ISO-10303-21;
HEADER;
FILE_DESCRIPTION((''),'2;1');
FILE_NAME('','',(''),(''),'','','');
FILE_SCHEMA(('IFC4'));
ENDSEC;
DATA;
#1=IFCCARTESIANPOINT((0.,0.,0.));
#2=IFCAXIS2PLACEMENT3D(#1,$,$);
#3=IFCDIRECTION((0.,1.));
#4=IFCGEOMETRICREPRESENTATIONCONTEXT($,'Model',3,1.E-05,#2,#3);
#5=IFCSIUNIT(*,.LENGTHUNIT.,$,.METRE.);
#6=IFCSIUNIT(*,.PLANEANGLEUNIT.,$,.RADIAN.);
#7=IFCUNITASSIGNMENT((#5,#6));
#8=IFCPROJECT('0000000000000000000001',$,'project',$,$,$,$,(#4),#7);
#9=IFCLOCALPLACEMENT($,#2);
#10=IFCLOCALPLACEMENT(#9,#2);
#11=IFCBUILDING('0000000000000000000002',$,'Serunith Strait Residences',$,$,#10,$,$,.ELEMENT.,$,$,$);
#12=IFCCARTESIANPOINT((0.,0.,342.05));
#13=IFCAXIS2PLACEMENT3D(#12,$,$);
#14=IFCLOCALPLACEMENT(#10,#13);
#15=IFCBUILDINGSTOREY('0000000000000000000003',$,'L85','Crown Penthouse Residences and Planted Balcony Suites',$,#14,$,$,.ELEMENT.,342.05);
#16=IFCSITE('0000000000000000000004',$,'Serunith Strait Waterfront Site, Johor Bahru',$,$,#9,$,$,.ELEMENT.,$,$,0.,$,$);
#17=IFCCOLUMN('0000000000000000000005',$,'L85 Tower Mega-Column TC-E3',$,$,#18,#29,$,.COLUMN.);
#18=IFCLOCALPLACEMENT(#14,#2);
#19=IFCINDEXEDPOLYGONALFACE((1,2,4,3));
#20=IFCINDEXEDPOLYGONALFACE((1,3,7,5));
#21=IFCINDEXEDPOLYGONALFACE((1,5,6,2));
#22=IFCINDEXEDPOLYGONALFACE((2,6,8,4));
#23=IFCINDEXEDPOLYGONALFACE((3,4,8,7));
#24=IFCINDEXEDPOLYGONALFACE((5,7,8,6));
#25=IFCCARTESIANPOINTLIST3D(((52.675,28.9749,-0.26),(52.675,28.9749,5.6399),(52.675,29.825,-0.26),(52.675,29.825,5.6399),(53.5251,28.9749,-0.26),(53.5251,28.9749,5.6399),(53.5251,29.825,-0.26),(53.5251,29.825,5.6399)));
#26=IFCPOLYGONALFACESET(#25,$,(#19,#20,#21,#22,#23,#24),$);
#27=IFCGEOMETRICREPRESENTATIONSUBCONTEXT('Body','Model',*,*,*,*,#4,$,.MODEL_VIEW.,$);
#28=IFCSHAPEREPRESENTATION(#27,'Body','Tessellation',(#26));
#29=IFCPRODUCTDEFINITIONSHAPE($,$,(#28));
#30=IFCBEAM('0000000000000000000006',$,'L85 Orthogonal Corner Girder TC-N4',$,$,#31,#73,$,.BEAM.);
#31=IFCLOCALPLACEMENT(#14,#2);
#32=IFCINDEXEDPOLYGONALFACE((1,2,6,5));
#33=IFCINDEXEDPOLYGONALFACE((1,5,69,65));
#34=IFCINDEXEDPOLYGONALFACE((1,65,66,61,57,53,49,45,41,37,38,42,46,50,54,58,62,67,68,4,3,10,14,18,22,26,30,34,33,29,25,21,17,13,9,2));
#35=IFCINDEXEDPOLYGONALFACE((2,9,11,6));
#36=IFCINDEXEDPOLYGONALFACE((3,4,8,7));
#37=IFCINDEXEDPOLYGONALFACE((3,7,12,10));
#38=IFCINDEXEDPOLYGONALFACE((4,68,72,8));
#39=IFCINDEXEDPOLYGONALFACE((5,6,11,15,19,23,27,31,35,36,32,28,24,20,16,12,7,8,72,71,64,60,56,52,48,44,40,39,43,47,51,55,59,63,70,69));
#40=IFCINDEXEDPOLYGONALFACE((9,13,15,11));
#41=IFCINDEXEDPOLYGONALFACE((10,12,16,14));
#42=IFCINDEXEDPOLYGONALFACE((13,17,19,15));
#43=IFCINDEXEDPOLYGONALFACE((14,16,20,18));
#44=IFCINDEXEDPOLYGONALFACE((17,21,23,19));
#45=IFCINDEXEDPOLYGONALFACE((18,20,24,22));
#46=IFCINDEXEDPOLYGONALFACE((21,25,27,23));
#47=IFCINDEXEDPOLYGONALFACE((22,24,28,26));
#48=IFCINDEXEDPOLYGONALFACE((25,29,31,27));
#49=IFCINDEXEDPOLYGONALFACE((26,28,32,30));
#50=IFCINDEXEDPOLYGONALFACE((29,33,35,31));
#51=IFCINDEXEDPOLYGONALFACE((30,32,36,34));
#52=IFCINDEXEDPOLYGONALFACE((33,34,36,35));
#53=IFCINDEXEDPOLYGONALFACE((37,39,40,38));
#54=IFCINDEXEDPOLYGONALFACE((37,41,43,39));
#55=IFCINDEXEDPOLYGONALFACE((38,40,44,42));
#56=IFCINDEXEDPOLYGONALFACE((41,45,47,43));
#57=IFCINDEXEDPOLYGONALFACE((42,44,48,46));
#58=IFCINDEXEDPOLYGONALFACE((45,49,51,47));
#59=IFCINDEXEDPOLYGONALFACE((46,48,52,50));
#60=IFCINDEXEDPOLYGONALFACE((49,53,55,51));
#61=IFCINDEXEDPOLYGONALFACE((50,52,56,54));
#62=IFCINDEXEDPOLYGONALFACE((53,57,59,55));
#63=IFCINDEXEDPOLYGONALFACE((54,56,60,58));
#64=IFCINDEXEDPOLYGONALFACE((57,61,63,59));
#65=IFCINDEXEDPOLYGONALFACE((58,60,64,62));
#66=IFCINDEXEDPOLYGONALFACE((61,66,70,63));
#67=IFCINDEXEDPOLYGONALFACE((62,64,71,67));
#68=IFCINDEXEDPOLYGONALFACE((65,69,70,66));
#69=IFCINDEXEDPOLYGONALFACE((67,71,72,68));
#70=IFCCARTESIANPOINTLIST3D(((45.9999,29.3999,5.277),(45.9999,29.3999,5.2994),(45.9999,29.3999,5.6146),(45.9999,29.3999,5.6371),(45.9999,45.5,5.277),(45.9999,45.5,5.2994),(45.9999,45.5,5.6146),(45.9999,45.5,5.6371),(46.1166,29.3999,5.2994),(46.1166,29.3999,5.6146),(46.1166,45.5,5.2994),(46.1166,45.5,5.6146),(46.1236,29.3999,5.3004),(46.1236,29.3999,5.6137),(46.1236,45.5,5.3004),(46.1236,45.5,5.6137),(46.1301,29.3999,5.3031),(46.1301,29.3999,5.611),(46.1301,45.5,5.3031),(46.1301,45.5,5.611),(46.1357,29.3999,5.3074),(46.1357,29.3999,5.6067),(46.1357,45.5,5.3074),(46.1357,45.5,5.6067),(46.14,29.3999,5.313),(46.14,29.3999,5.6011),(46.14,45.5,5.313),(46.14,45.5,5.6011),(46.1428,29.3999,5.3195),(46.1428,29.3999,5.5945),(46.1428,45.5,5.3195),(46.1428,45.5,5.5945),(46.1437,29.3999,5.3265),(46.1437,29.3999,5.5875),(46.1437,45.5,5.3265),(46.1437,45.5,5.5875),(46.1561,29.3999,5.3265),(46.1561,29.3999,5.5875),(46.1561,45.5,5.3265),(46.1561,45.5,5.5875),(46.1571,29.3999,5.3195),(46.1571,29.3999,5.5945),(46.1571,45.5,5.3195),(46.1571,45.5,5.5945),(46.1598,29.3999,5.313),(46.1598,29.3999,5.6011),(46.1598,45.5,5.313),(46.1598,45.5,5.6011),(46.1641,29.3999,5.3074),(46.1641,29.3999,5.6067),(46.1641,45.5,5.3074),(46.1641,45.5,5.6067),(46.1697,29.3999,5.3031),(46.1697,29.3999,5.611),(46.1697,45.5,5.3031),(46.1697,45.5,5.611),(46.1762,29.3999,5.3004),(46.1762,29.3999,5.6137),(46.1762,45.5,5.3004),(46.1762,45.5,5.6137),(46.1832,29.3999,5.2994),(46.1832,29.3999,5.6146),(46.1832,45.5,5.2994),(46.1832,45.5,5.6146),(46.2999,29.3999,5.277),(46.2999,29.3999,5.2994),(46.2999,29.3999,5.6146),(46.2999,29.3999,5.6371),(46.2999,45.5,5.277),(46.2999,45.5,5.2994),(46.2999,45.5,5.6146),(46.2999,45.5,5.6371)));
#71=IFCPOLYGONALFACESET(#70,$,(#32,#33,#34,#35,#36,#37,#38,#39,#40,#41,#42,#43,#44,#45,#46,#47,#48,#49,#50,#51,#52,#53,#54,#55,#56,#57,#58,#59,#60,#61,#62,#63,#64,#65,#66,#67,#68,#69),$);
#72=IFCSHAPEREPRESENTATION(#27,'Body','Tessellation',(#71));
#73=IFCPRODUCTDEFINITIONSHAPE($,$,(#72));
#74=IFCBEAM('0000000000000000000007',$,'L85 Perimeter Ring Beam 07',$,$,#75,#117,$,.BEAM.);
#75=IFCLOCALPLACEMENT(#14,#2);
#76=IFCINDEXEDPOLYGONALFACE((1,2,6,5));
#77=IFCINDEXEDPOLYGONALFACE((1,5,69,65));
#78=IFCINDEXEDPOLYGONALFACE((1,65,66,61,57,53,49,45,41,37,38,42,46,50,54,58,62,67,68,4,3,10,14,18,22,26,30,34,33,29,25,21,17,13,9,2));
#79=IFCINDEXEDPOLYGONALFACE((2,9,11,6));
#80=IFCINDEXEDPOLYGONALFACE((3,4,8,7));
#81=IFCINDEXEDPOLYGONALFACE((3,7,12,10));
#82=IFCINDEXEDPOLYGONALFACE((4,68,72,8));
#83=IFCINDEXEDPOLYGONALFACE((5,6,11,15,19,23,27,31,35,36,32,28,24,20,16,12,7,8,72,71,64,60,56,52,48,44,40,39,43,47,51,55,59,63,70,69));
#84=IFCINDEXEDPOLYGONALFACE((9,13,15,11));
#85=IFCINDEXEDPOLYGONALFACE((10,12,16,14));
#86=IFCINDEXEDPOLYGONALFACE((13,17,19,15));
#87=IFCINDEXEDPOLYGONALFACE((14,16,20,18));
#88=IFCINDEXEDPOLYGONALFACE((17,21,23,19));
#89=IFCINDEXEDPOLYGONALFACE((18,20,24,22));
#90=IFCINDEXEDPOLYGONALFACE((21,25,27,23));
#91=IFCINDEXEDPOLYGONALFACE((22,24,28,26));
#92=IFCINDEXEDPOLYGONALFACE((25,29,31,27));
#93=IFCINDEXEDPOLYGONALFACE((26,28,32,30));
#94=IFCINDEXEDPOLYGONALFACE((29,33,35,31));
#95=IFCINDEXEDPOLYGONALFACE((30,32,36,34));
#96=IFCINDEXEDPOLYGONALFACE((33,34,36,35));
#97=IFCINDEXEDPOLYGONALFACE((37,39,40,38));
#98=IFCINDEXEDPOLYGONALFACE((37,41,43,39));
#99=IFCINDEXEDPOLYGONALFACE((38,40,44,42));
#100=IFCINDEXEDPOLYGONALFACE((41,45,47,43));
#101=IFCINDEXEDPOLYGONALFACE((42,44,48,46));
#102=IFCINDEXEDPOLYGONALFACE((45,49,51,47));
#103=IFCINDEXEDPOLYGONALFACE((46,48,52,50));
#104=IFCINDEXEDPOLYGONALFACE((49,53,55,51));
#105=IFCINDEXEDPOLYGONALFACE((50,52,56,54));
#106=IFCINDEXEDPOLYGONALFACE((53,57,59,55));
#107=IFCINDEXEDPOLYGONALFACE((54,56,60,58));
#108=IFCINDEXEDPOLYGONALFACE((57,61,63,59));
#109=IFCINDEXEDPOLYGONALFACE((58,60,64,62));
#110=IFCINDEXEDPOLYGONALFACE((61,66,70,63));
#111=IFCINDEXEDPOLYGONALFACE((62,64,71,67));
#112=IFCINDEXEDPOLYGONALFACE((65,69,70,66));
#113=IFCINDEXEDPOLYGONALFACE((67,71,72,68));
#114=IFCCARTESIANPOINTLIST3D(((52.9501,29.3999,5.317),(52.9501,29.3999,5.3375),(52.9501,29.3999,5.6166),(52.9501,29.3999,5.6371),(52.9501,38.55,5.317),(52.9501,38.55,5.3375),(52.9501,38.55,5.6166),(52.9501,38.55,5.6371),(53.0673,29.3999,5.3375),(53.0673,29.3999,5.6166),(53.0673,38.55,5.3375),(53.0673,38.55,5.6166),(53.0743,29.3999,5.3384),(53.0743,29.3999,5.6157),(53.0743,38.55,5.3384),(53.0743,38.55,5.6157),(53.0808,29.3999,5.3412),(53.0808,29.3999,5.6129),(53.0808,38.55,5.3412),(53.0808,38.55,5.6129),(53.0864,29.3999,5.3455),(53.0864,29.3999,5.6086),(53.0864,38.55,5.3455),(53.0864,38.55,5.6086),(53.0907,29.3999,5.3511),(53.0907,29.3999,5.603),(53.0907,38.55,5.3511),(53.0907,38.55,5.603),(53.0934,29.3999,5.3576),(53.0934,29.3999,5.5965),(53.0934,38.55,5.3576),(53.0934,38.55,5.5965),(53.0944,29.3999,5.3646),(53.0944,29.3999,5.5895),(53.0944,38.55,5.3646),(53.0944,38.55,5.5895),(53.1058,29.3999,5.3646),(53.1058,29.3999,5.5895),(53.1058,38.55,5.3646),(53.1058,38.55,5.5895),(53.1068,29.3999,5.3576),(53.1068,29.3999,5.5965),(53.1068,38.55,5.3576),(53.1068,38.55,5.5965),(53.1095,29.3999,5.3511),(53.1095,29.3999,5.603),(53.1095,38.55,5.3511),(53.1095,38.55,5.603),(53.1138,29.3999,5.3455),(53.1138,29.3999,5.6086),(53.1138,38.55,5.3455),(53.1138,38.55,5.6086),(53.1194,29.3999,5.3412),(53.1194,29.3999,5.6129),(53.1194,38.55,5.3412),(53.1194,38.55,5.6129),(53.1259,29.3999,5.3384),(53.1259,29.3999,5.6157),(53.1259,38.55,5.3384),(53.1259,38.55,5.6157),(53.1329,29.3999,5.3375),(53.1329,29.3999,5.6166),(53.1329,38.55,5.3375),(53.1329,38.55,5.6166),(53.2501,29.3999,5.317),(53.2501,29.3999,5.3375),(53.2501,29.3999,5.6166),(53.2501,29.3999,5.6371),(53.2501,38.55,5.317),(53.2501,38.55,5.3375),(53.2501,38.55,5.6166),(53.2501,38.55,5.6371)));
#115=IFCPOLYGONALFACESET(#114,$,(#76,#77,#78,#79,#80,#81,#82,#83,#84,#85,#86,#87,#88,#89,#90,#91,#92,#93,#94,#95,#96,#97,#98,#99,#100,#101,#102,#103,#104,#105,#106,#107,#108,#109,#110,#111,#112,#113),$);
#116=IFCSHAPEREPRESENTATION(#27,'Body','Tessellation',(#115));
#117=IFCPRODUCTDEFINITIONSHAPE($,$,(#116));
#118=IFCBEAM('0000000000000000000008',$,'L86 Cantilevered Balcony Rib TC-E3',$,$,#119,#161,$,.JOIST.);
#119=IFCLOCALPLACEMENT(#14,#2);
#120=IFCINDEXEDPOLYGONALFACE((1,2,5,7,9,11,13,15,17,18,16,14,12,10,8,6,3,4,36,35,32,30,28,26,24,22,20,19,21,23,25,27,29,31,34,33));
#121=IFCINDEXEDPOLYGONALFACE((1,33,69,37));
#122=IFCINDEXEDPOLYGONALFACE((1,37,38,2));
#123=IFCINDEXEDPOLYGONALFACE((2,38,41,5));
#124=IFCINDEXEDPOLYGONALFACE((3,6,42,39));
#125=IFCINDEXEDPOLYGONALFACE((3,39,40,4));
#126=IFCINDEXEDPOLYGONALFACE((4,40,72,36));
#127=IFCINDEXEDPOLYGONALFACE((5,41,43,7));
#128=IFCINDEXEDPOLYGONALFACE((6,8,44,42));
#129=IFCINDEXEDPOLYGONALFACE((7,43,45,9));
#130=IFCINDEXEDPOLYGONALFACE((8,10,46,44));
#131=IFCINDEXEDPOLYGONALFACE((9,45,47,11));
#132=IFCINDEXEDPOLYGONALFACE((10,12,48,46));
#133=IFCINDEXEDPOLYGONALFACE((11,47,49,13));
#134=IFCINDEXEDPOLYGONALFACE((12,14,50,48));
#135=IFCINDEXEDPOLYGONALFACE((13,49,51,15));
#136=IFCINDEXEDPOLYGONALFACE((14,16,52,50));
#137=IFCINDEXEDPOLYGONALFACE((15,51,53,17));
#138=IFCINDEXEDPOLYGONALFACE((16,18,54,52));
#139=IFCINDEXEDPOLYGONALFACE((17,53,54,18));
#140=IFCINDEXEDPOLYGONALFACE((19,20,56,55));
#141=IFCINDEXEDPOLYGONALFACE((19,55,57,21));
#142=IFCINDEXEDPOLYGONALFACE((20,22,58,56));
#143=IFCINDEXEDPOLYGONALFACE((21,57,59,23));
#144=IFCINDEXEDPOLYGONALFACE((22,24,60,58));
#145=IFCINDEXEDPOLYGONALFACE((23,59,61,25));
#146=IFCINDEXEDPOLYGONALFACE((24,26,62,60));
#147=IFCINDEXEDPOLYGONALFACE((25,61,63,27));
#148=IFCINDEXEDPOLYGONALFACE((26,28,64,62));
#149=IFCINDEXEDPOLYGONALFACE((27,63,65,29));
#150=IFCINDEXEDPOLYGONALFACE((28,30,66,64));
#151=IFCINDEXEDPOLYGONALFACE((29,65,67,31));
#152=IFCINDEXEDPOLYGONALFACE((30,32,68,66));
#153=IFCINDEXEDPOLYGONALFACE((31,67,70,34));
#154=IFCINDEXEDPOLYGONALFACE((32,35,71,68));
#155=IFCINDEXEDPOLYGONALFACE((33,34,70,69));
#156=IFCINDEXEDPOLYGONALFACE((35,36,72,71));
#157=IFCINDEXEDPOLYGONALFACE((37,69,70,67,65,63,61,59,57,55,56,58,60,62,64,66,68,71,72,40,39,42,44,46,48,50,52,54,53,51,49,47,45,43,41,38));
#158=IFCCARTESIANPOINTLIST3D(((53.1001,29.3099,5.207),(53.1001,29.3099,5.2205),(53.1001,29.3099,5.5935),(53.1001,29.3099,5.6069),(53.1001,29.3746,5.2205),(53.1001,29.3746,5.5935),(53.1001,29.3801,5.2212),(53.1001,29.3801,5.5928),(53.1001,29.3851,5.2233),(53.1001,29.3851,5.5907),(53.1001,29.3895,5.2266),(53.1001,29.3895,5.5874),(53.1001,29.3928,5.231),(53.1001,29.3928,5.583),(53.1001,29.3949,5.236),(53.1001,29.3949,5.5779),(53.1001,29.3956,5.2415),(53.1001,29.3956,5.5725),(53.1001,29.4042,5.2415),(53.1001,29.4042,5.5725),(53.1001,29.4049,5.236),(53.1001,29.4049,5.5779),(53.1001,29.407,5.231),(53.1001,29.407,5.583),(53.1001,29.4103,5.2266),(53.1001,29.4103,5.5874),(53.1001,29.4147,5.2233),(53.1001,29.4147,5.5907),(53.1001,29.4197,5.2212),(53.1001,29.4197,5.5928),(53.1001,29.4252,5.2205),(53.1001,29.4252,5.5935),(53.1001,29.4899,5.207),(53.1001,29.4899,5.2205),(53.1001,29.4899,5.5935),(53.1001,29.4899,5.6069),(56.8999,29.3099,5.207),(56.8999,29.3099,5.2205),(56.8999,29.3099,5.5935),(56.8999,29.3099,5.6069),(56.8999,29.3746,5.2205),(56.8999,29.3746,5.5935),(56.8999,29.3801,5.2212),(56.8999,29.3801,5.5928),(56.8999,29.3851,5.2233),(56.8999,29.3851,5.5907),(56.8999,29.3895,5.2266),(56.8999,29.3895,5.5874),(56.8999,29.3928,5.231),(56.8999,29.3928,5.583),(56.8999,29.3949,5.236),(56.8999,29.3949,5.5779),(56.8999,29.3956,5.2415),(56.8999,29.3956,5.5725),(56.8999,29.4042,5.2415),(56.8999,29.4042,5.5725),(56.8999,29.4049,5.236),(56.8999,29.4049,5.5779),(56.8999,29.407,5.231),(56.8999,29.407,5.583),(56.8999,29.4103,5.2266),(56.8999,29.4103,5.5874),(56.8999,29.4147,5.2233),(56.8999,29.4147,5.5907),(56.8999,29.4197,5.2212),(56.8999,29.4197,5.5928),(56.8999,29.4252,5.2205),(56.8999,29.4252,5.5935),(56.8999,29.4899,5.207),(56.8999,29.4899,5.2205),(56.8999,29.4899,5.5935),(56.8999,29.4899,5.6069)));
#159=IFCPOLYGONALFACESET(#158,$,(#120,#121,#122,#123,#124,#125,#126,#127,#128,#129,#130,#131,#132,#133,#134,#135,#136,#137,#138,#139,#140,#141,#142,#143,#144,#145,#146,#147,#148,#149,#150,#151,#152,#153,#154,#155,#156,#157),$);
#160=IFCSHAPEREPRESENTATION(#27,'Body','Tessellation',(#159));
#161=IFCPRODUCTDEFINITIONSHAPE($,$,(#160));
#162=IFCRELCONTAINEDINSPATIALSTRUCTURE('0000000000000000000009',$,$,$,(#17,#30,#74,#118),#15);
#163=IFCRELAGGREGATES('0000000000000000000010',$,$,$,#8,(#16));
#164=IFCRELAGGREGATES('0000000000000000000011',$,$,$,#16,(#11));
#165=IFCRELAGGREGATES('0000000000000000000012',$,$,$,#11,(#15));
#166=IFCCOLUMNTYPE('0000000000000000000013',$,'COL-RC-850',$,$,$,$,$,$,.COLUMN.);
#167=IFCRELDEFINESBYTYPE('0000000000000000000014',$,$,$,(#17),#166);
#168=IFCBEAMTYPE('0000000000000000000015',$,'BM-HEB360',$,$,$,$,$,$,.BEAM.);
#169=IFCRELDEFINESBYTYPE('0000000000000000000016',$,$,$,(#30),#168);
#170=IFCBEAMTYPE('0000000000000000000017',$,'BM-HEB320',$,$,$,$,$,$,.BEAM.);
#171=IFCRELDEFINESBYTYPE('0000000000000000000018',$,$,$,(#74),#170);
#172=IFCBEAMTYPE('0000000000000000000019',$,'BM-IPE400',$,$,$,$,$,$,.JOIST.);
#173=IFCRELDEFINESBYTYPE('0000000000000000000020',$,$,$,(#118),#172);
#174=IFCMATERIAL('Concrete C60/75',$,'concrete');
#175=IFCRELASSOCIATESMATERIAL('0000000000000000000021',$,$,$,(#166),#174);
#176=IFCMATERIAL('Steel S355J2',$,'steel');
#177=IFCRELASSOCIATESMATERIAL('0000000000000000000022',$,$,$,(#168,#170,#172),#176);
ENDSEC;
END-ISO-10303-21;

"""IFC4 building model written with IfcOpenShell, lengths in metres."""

from ifc_helpers import new_model, si_unit, direction, frame, origin, origin_2d, place, context, subcontext, project, spatial, rectangle, i_section, extrude, source, transform, mapped, material, material_profile, profile_set, type_object, element, save


model = new_model("IFC4")

# Units and contexts
model_context = context("Model", 3, precision=1e-05, world=origin(), true_north=direction((0.0, 1.0)))
body_context = subcontext(model_context, "Body", "Model", "MODEL_VIEW")
ifc_project = project(units=[si_unit("LENGTHUNIT", "METRE"), si_unit("PLANEANGLEUNIT", "RADIAN")], contexts=[model_context])

# Site, building, storey
site_placement = place(None, origin())
site = spatial("IfcSite", under=ifc_project, at=site_placement, Name="Serunith Strait Waterfront Site, Johor Bahru", CompositionType="ELEMENT", RefElevation=0.0)
building_placement = place(site_placement, origin())
building = spatial("IfcBuilding", under=site, at=building_placement, Name="Serunith Strait Residences", CompositionType="ELEMENT")
storey_placement = place(building_placement, frame((0.0, 0.0, 342.05)))
storey = spatial("IfcBuildingStorey", under=building, at=storey_placement, Name="L85", Description="Crown Penthouse Residences and Planted Balcony Suites", CompositionType="ELEMENT", Elevation=342.05)

# Column
ifc_material_1 = material(Name="Concrete C60/75", Category="concrete")
ifc_material_profile_1 = material_profile(ifc_material_1, rectangle(XDim=0.8501, YDim=0.8501, at=origin_2d()), Name="RC 850x850")
ifc_profile_set_1 = profile_set([ifc_material_profile_1], Name="Concrete C60/75")
column_type = type_object("IfcColumnType", Name="COL-RC-850", PredefinedType="COLUMN", material=ifc_profile_set_1)
shared_shape_1 = source(origin(), body_context, "Body", "SweptSolid", [
    extrude(rectangle(XDim=0.8501, YDim=0.8501, at=origin_2d()), origin(), (0.0, 0.0, 1.0), 5.8999),
])
column_placement = place(storey_placement, frame((53.1001, 29.3999, -0.26), z_axis=(0.0, 0.0, 1.0), x_axis=(1.0, 0.0, 0.0)))
element("IfcColumn", 1, at=column_placement, inside=storey, type_object=column_type, Name="L85 Tower Mega-Column TC-E3", PredefinedType="COLUMN", context=body_context, shape_type="MappedRepresentation", body=[
    mapped(shared_shape_1, transform((0.0, 0.0, 0.0), scale=1.0)),
])

# Beams
ifc_material_2 = material(Name="Steel S355J2", Category="steel")
ifc_material_profile_2 = material_profile(ifc_material_2, i_section(OverallWidth=0.3, OverallDepth=0.3601, WebThickness=0.0125, FlangeThickness=0.0225, FilletRadius=0.0271, at=origin_2d()), Name="HEB 360")
ifc_profile_set_2 = profile_set([ifc_material_profile_2], Name="Steel S355J2")
beam_type_1 = type_object("IfcBeamType", Name="BM-HEB360", PredefinedType="BEAM", material=ifc_profile_set_2)
shared_shape_2 = source(origin(), body_context, "Body", "SweptSolid", [
    extrude(i_section(OverallWidth=0.3, OverallDepth=0.3601, WebThickness=0.0125, FlangeThickness=0.0225, FilletRadius=0.0271, at=origin_2d()), origin(), (0.0, 0.0, 1.0), 16.1001),
])
beam_1_placement = place(storey_placement, frame((46.1499, 29.3999, 5.457), z_axis=(0.0, 1.0, 0.0), x_axis=(-1.0, 0.0, 0.0)))
element("IfcBeam", 2, at=beam_1_placement, inside=storey, type_object=beam_type_1, Name="L85 Orthogonal Corner Girder TC-N4", PredefinedType="BEAM", context=body_context, shape_type="MappedRepresentation", body=[
    mapped(shared_shape_2, transform((0.0, 0.0, 0.0), scale=1.0)),
])
ifc_material_profile_3 = material_profile(ifc_material_2, i_section(OverallWidth=0.3, OverallDepth=0.3201, WebThickness=0.0115, FlangeThickness=0.0205, FilletRadius=0.0271, at=origin_2d()), Name="HEB 320")
ifc_profile_set_3 = profile_set([ifc_material_profile_3], Name="Steel S355J2")
beam_type_2 = type_object("IfcBeamType", Name="BM-HEB320", PredefinedType="BEAM", material=ifc_profile_set_3)
shared_shape_3 = source(origin(), body_context, "Body", "SweptSolid", [
    extrude(i_section(OverallWidth=0.3, OverallDepth=0.3201, WebThickness=0.0115, FlangeThickness=0.0205, FilletRadius=0.0271, at=origin_2d()), origin(), (0.0, 0.0, 1.0), 9.1501),
])
beam_2_placement = place(storey_placement, frame((53.1001, 29.3999, 5.4771), z_axis=(0.0, 1.0, 0.0), x_axis=(-1.0, 0.0, 0.0)))
element("IfcBeam", 3, at=beam_2_placement, inside=storey, type_object=beam_type_2, Name="L85 Perimeter Ring Beam 07", PredefinedType="BEAM", context=body_context, shape_type="MappedRepresentation", body=[
    mapped(shared_shape_3, transform((0.0, 0.0, 0.0), scale=1.0)),
])
ifc_material_profile_4 = material_profile(ifc_material_2, i_section(OverallWidth=0.1799, OverallDepth=0.3999, WebThickness=0.0085, FlangeThickness=0.0134, FilletRadius=0.021, at=origin_2d()), Name="IPE 400")
ifc_profile_set_4 = profile_set([ifc_material_profile_4], Name="Steel S355J2")
beam_type_3 = type_object("IfcBeamType", Name="BM-IPE400", PredefinedType="JOIST", material=ifc_profile_set_4)
shared_shape_4 = source(origin(), body_context, "Body", "SweptSolid", [
    extrude(i_section(OverallWidth=0.1799, OverallDepth=0.3999, WebThickness=0.0085, FlangeThickness=0.0134, FilletRadius=0.021, at=origin_2d()), origin(), (0.0, 0.0, 1.0), 3.7998),
])
beam_3_placement = place(storey_placement, frame((53.1001, 29.3999, 5.407), z_axis=(1.0, 0.0, 0.0), x_axis=(0.0, 1.0, 0.0)))
element("IfcBeam", 4, at=beam_3_placement, inside=storey, type_object=beam_type_3, Name="L86 Cantilevered Balcony Rib TC-E3", PredefinedType="JOIST", context=body_context, shape_type="MappedRepresentation", body=[
    mapped(shared_shape_4, transform((0.0, 0.0, 0.0), scale=1.0)),
])

save(model, "model.ifc")
